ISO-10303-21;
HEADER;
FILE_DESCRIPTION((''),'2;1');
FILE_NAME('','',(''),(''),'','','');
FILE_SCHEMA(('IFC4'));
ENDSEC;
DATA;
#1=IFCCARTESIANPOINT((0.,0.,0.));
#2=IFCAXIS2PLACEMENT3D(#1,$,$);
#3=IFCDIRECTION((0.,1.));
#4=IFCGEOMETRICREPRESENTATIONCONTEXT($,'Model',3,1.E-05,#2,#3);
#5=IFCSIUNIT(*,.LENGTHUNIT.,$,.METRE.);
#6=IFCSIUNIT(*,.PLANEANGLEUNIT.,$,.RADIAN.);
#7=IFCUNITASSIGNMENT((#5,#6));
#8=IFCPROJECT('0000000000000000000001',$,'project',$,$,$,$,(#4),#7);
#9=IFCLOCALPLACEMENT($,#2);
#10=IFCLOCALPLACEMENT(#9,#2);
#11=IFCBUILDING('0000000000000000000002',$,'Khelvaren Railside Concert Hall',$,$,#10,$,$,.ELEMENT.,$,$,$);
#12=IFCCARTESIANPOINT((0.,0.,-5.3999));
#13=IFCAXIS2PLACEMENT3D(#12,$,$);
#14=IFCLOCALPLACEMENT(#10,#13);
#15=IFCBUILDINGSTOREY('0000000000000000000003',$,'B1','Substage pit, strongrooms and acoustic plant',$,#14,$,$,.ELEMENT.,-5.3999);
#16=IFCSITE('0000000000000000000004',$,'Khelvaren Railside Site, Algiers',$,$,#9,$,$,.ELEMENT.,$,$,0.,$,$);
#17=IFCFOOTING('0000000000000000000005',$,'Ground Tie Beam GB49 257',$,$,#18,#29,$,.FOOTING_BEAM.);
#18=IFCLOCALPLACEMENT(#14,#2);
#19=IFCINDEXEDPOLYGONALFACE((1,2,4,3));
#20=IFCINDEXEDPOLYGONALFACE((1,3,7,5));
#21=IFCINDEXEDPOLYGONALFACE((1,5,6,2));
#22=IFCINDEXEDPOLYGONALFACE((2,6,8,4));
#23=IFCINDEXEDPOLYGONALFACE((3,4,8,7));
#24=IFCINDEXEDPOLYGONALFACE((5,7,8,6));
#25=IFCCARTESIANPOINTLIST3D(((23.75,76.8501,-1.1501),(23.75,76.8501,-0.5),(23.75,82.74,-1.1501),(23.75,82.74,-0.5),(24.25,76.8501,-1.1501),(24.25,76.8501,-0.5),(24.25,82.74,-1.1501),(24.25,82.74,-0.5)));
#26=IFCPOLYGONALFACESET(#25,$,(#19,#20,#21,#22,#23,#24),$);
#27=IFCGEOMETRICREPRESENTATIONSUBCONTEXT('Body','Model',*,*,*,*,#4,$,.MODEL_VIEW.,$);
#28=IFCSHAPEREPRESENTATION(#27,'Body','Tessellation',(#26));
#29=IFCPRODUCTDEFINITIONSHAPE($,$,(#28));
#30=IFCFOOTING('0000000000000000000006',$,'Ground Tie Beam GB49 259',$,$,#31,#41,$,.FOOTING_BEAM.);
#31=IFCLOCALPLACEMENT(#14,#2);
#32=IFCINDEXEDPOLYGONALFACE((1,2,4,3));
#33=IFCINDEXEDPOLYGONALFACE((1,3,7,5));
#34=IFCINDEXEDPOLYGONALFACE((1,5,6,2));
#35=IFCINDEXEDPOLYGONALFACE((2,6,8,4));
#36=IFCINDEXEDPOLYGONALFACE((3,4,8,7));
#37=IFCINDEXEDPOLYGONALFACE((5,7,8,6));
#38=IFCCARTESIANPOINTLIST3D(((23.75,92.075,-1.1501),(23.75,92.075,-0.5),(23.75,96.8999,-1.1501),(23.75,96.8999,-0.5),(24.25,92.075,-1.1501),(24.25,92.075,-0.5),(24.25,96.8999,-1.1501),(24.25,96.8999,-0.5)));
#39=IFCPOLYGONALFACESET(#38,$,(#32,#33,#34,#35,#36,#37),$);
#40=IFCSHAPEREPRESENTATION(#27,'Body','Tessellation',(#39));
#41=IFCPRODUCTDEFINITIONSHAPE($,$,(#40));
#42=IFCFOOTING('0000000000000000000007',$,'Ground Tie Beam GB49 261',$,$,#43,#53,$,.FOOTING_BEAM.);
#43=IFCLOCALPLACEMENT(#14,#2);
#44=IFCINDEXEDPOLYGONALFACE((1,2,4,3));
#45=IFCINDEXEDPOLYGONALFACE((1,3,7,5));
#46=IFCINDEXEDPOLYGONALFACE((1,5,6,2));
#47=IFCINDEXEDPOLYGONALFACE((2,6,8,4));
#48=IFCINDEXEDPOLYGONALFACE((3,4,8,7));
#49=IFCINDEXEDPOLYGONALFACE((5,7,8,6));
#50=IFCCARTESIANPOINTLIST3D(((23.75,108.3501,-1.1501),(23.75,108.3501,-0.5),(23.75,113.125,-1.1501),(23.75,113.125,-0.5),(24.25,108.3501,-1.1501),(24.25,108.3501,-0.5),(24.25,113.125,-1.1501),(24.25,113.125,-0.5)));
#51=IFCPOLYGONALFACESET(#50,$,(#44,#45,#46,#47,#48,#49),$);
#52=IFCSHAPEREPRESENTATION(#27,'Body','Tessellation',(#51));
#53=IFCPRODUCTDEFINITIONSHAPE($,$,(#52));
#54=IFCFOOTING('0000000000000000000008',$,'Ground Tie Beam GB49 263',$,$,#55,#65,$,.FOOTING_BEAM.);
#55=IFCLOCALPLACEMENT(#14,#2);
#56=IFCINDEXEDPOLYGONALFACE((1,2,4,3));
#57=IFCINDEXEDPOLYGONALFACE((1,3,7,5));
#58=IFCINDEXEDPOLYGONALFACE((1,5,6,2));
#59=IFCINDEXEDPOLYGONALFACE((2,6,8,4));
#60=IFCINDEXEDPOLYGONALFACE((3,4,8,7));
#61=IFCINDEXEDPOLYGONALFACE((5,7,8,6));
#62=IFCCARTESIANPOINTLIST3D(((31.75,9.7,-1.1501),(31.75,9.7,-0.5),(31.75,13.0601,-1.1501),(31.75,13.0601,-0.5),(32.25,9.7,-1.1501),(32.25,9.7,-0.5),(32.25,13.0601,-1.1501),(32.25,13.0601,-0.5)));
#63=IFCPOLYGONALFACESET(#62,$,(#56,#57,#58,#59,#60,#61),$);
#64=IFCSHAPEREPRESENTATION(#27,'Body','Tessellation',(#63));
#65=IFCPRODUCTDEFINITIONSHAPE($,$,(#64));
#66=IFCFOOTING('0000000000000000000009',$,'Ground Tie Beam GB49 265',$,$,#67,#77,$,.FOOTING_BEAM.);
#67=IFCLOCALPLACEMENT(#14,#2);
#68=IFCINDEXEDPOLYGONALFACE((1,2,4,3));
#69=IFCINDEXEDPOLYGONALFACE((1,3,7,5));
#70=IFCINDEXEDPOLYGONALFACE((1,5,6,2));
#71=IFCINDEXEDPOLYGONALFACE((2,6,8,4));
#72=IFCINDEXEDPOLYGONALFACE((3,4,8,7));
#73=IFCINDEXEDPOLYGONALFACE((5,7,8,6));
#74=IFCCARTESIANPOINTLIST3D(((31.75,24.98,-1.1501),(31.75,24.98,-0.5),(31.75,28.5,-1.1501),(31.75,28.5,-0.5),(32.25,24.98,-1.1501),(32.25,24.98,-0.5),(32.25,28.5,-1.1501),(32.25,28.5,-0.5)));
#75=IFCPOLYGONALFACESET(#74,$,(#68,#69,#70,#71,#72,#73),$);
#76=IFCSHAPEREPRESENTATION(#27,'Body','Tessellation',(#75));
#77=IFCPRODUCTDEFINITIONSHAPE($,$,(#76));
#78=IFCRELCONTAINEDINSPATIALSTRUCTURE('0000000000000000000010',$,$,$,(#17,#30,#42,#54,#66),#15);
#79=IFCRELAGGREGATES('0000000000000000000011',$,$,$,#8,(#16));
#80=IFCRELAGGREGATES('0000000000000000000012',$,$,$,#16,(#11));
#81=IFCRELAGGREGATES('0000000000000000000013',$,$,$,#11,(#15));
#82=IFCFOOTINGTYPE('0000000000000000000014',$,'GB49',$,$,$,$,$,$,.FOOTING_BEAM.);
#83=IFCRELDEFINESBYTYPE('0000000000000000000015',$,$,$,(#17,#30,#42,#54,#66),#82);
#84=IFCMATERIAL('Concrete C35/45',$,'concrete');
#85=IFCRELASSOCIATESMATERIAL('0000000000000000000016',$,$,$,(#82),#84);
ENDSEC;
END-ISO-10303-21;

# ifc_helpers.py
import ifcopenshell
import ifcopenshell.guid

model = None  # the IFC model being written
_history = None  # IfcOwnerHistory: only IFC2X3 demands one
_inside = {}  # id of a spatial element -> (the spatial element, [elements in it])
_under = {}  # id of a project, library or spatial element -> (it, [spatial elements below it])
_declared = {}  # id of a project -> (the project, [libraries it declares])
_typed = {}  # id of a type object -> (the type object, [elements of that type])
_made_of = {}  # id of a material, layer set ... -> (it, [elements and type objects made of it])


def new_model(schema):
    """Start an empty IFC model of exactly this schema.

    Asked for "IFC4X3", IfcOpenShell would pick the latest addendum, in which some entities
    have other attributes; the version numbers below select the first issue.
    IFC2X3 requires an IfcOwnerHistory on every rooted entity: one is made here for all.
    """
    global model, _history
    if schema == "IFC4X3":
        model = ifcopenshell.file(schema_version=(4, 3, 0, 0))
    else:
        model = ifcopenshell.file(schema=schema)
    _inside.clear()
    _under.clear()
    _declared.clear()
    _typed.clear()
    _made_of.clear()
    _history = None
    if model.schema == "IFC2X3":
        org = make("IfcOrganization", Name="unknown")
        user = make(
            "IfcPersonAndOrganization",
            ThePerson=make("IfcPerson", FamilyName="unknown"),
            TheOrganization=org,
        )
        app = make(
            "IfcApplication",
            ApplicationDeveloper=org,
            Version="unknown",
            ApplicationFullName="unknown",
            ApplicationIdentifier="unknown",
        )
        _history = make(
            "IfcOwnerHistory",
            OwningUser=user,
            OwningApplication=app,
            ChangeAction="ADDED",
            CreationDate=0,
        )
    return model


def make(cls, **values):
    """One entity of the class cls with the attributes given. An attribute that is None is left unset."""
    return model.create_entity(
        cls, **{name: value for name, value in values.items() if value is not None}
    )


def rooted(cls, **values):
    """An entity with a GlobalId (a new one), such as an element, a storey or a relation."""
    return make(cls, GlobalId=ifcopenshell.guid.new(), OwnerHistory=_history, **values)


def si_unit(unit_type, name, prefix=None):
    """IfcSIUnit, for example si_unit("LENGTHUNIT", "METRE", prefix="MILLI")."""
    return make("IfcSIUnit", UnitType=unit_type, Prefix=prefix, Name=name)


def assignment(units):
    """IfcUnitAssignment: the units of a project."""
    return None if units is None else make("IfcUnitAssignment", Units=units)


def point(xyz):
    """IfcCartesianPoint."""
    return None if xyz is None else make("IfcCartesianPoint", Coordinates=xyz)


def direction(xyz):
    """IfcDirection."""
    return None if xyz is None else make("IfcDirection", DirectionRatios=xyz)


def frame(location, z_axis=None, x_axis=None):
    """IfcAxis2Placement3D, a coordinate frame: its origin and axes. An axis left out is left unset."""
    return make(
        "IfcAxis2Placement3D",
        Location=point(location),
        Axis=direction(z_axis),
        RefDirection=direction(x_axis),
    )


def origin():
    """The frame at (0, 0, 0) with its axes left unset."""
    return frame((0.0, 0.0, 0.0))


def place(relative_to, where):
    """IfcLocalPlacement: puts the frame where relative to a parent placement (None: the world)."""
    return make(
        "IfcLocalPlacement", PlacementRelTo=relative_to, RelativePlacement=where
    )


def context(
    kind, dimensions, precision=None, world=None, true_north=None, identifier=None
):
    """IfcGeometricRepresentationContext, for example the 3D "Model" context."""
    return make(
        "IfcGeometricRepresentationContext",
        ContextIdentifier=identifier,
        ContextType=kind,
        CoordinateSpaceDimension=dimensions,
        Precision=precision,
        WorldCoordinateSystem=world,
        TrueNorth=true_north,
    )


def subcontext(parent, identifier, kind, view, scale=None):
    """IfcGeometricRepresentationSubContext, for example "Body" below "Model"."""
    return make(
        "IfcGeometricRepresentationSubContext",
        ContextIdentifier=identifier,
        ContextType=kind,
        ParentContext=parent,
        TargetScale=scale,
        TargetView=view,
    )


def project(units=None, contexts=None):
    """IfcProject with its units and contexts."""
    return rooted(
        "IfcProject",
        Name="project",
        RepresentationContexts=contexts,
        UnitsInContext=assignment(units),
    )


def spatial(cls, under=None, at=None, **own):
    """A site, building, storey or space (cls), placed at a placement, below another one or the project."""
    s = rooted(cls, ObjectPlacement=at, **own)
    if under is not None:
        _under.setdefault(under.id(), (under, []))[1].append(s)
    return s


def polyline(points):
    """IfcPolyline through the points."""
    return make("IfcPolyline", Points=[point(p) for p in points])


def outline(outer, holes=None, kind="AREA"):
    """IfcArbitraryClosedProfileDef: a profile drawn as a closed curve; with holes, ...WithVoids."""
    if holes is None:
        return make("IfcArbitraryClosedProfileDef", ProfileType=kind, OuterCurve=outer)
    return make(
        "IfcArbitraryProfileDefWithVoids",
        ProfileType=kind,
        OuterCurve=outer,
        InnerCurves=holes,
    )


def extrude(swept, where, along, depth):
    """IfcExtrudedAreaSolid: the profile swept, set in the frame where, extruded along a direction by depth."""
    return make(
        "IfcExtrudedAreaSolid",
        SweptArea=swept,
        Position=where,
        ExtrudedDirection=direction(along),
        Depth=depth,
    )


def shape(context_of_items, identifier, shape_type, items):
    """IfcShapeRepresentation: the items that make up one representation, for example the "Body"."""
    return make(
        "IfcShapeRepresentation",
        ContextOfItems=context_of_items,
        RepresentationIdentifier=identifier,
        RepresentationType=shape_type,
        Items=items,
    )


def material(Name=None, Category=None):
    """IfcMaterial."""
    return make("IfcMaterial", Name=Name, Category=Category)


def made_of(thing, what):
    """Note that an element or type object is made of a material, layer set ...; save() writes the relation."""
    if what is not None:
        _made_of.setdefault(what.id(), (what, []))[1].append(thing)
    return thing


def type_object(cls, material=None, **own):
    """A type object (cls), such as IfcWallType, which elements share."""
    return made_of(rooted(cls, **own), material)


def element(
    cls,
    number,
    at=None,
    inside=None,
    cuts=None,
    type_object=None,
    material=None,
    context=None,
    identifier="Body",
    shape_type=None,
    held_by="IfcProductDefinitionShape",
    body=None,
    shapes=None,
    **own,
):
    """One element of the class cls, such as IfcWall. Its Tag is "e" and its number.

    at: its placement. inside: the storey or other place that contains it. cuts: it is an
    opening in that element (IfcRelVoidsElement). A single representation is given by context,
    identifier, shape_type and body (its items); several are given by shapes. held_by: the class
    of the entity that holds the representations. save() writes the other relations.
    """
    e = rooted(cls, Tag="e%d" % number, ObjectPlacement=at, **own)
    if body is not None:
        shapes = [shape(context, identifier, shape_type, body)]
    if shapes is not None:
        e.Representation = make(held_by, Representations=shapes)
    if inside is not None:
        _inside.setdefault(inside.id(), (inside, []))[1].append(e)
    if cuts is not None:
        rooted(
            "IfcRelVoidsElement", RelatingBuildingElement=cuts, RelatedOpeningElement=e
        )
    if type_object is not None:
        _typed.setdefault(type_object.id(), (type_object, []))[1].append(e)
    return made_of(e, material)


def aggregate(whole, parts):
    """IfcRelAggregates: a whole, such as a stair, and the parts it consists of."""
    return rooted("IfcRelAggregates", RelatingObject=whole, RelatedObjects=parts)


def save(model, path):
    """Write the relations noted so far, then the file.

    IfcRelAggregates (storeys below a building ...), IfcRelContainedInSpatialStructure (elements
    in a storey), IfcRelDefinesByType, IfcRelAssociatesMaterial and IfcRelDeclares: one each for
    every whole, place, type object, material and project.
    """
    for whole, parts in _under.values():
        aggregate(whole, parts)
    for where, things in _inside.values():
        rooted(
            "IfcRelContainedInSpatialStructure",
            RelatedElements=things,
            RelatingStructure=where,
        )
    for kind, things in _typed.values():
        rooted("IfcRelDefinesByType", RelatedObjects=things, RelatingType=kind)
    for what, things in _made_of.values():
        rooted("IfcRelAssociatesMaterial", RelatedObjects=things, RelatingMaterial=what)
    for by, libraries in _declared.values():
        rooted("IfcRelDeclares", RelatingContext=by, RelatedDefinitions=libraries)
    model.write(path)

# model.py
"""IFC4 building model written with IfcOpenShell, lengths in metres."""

from ifc_helpers import new_model, si_unit, direction, frame, origin, place, context, subcontext, project, spatial, polyline, outline, extrude, material, type_object, element, save


model = new_model("IFC4")

# Units and contexts
model_context = context("Model", 3, precision=1e-05, world=origin(), true_north=direction((0.0, 1.0)))
body_context = subcontext(model_context, "Body", "Model", "MODEL_VIEW")
ifc_project = project(units=[si_unit("LENGTHUNIT", "METRE"), si_unit("PLANEANGLEUNIT", "RADIAN")], contexts=[model_context])

# Site, building, storey
site_placement = place(None, origin())
site = spatial("IfcSite", under=ifc_project, at=site_placement, Name="Khelvaren Railside Site, Algiers", CompositionType="ELEMENT", RefElevation=0.0)
building_placement = place(site_placement, origin())
building = spatial("IfcBuilding", under=site, at=building_placement, Name="Khelvaren Railside Concert Hall", CompositionType="ELEMENT")
storey_placement = place(building_placement, frame((0.0, 0.0, -5.3999)))
storey = spatial("IfcBuildingStorey", under=building, at=storey_placement, Name="B1", Description="Substage pit, strongrooms and acoustic plant", CompositionType="ELEMENT", Elevation=-5.3999)

# Footings
ifc_material = material(Name="Concrete C35/45", Category="concrete")
footing_type = type_object("IfcFootingType", Name="GB49", PredefinedType="FOOTING_BEAM", material=ifc_material)
footing_1_placement = place(storey_placement, frame((0.0, 0.0, -1.1501)))
element("IfcFooting", 1, at=footing_1_placement, inside=storey, type_object=footing_type, Name="Ground Tie Beam GB49 257", PredefinedType="FOOTING_BEAM", context=body_context, shape_type="SweptSolid", body=[
    extrude(outline(polyline([(23.75, 76.8501), (24.25, 76.8501), (24.25, 82.74), (23.75, 82.74), (23.75, 76.8501)])), origin(), (0.0, 0.0, 1.0), 0.6501),
])
footing_2_placement = place(storey_placement, frame((0.0, 0.0, -1.1501)))
element("IfcFooting", 2, at=footing_2_placement, inside=storey, type_object=footing_type, Name="Ground Tie Beam GB49 259", PredefinedType="FOOTING_BEAM", context=body_context, shape_type="SweptSolid", body=[
    extrude(outline(polyline([(23.75, 92.075), (24.25, 92.075), (24.25, 96.8999), (23.75, 96.8999), (23.75, 92.075)])), origin(), (0.0, 0.0, 1.0), 0.6501),
])
footing_3_placement = place(storey_placement, frame((0.0, 0.0, -1.1501)))
element("IfcFooting", 3, at=footing_3_placement, inside=storey, type_object=footing_type, Name="Ground Tie Beam GB49 261", PredefinedType="FOOTING_BEAM", context=body_context, shape_type="SweptSolid", body=[
    extrude(outline(polyline([(23.75, 108.3501), (24.25, 108.3501), (24.25, 113.125), (23.75, 113.125), (23.75, 108.3501)])), origin(), (0.0, 0.0, 1.0), 0.6501),
])
footing_4_placement = place(storey_placement, frame((0.0, 0.0, -1.1501)))
element("IfcFooting", 4, at=footing_4_placement, inside=storey, type_object=footing_type, Name="Ground Tie Beam GB49 263", PredefinedType="FOOTING_BEAM", context=body_context, shape_type="SweptSolid", body=[
    extrude(outline(polyline([(31.75, 9.7), (32.25, 9.7), (32.25, 13.0601), (31.75, 13.0601), (31.75, 9.7)])), origin(), (0.0, 0.0, 1.0), 0.6501),
])
footing_5_placement = place(storey_placement, frame((0.0, 0.0, -1.1501)))
element("IfcFooting", 5, at=footing_5_placement, inside=storey, type_object=footing_type, Name="Ground Tie Beam GB49 265", PredefinedType="FOOTING_BEAM", context=body_context, shape_type="SweptSolid", body=[
    extrude(outline(polyline([(31.75, 24.98), (32.25, 24.98), (32.25, 28.5), (31.75, 28.5), (31.75, 24.98)])), origin(), (0.0, 0.0, 1.0), 0.6501),
])

save(model, "model.ifc")
